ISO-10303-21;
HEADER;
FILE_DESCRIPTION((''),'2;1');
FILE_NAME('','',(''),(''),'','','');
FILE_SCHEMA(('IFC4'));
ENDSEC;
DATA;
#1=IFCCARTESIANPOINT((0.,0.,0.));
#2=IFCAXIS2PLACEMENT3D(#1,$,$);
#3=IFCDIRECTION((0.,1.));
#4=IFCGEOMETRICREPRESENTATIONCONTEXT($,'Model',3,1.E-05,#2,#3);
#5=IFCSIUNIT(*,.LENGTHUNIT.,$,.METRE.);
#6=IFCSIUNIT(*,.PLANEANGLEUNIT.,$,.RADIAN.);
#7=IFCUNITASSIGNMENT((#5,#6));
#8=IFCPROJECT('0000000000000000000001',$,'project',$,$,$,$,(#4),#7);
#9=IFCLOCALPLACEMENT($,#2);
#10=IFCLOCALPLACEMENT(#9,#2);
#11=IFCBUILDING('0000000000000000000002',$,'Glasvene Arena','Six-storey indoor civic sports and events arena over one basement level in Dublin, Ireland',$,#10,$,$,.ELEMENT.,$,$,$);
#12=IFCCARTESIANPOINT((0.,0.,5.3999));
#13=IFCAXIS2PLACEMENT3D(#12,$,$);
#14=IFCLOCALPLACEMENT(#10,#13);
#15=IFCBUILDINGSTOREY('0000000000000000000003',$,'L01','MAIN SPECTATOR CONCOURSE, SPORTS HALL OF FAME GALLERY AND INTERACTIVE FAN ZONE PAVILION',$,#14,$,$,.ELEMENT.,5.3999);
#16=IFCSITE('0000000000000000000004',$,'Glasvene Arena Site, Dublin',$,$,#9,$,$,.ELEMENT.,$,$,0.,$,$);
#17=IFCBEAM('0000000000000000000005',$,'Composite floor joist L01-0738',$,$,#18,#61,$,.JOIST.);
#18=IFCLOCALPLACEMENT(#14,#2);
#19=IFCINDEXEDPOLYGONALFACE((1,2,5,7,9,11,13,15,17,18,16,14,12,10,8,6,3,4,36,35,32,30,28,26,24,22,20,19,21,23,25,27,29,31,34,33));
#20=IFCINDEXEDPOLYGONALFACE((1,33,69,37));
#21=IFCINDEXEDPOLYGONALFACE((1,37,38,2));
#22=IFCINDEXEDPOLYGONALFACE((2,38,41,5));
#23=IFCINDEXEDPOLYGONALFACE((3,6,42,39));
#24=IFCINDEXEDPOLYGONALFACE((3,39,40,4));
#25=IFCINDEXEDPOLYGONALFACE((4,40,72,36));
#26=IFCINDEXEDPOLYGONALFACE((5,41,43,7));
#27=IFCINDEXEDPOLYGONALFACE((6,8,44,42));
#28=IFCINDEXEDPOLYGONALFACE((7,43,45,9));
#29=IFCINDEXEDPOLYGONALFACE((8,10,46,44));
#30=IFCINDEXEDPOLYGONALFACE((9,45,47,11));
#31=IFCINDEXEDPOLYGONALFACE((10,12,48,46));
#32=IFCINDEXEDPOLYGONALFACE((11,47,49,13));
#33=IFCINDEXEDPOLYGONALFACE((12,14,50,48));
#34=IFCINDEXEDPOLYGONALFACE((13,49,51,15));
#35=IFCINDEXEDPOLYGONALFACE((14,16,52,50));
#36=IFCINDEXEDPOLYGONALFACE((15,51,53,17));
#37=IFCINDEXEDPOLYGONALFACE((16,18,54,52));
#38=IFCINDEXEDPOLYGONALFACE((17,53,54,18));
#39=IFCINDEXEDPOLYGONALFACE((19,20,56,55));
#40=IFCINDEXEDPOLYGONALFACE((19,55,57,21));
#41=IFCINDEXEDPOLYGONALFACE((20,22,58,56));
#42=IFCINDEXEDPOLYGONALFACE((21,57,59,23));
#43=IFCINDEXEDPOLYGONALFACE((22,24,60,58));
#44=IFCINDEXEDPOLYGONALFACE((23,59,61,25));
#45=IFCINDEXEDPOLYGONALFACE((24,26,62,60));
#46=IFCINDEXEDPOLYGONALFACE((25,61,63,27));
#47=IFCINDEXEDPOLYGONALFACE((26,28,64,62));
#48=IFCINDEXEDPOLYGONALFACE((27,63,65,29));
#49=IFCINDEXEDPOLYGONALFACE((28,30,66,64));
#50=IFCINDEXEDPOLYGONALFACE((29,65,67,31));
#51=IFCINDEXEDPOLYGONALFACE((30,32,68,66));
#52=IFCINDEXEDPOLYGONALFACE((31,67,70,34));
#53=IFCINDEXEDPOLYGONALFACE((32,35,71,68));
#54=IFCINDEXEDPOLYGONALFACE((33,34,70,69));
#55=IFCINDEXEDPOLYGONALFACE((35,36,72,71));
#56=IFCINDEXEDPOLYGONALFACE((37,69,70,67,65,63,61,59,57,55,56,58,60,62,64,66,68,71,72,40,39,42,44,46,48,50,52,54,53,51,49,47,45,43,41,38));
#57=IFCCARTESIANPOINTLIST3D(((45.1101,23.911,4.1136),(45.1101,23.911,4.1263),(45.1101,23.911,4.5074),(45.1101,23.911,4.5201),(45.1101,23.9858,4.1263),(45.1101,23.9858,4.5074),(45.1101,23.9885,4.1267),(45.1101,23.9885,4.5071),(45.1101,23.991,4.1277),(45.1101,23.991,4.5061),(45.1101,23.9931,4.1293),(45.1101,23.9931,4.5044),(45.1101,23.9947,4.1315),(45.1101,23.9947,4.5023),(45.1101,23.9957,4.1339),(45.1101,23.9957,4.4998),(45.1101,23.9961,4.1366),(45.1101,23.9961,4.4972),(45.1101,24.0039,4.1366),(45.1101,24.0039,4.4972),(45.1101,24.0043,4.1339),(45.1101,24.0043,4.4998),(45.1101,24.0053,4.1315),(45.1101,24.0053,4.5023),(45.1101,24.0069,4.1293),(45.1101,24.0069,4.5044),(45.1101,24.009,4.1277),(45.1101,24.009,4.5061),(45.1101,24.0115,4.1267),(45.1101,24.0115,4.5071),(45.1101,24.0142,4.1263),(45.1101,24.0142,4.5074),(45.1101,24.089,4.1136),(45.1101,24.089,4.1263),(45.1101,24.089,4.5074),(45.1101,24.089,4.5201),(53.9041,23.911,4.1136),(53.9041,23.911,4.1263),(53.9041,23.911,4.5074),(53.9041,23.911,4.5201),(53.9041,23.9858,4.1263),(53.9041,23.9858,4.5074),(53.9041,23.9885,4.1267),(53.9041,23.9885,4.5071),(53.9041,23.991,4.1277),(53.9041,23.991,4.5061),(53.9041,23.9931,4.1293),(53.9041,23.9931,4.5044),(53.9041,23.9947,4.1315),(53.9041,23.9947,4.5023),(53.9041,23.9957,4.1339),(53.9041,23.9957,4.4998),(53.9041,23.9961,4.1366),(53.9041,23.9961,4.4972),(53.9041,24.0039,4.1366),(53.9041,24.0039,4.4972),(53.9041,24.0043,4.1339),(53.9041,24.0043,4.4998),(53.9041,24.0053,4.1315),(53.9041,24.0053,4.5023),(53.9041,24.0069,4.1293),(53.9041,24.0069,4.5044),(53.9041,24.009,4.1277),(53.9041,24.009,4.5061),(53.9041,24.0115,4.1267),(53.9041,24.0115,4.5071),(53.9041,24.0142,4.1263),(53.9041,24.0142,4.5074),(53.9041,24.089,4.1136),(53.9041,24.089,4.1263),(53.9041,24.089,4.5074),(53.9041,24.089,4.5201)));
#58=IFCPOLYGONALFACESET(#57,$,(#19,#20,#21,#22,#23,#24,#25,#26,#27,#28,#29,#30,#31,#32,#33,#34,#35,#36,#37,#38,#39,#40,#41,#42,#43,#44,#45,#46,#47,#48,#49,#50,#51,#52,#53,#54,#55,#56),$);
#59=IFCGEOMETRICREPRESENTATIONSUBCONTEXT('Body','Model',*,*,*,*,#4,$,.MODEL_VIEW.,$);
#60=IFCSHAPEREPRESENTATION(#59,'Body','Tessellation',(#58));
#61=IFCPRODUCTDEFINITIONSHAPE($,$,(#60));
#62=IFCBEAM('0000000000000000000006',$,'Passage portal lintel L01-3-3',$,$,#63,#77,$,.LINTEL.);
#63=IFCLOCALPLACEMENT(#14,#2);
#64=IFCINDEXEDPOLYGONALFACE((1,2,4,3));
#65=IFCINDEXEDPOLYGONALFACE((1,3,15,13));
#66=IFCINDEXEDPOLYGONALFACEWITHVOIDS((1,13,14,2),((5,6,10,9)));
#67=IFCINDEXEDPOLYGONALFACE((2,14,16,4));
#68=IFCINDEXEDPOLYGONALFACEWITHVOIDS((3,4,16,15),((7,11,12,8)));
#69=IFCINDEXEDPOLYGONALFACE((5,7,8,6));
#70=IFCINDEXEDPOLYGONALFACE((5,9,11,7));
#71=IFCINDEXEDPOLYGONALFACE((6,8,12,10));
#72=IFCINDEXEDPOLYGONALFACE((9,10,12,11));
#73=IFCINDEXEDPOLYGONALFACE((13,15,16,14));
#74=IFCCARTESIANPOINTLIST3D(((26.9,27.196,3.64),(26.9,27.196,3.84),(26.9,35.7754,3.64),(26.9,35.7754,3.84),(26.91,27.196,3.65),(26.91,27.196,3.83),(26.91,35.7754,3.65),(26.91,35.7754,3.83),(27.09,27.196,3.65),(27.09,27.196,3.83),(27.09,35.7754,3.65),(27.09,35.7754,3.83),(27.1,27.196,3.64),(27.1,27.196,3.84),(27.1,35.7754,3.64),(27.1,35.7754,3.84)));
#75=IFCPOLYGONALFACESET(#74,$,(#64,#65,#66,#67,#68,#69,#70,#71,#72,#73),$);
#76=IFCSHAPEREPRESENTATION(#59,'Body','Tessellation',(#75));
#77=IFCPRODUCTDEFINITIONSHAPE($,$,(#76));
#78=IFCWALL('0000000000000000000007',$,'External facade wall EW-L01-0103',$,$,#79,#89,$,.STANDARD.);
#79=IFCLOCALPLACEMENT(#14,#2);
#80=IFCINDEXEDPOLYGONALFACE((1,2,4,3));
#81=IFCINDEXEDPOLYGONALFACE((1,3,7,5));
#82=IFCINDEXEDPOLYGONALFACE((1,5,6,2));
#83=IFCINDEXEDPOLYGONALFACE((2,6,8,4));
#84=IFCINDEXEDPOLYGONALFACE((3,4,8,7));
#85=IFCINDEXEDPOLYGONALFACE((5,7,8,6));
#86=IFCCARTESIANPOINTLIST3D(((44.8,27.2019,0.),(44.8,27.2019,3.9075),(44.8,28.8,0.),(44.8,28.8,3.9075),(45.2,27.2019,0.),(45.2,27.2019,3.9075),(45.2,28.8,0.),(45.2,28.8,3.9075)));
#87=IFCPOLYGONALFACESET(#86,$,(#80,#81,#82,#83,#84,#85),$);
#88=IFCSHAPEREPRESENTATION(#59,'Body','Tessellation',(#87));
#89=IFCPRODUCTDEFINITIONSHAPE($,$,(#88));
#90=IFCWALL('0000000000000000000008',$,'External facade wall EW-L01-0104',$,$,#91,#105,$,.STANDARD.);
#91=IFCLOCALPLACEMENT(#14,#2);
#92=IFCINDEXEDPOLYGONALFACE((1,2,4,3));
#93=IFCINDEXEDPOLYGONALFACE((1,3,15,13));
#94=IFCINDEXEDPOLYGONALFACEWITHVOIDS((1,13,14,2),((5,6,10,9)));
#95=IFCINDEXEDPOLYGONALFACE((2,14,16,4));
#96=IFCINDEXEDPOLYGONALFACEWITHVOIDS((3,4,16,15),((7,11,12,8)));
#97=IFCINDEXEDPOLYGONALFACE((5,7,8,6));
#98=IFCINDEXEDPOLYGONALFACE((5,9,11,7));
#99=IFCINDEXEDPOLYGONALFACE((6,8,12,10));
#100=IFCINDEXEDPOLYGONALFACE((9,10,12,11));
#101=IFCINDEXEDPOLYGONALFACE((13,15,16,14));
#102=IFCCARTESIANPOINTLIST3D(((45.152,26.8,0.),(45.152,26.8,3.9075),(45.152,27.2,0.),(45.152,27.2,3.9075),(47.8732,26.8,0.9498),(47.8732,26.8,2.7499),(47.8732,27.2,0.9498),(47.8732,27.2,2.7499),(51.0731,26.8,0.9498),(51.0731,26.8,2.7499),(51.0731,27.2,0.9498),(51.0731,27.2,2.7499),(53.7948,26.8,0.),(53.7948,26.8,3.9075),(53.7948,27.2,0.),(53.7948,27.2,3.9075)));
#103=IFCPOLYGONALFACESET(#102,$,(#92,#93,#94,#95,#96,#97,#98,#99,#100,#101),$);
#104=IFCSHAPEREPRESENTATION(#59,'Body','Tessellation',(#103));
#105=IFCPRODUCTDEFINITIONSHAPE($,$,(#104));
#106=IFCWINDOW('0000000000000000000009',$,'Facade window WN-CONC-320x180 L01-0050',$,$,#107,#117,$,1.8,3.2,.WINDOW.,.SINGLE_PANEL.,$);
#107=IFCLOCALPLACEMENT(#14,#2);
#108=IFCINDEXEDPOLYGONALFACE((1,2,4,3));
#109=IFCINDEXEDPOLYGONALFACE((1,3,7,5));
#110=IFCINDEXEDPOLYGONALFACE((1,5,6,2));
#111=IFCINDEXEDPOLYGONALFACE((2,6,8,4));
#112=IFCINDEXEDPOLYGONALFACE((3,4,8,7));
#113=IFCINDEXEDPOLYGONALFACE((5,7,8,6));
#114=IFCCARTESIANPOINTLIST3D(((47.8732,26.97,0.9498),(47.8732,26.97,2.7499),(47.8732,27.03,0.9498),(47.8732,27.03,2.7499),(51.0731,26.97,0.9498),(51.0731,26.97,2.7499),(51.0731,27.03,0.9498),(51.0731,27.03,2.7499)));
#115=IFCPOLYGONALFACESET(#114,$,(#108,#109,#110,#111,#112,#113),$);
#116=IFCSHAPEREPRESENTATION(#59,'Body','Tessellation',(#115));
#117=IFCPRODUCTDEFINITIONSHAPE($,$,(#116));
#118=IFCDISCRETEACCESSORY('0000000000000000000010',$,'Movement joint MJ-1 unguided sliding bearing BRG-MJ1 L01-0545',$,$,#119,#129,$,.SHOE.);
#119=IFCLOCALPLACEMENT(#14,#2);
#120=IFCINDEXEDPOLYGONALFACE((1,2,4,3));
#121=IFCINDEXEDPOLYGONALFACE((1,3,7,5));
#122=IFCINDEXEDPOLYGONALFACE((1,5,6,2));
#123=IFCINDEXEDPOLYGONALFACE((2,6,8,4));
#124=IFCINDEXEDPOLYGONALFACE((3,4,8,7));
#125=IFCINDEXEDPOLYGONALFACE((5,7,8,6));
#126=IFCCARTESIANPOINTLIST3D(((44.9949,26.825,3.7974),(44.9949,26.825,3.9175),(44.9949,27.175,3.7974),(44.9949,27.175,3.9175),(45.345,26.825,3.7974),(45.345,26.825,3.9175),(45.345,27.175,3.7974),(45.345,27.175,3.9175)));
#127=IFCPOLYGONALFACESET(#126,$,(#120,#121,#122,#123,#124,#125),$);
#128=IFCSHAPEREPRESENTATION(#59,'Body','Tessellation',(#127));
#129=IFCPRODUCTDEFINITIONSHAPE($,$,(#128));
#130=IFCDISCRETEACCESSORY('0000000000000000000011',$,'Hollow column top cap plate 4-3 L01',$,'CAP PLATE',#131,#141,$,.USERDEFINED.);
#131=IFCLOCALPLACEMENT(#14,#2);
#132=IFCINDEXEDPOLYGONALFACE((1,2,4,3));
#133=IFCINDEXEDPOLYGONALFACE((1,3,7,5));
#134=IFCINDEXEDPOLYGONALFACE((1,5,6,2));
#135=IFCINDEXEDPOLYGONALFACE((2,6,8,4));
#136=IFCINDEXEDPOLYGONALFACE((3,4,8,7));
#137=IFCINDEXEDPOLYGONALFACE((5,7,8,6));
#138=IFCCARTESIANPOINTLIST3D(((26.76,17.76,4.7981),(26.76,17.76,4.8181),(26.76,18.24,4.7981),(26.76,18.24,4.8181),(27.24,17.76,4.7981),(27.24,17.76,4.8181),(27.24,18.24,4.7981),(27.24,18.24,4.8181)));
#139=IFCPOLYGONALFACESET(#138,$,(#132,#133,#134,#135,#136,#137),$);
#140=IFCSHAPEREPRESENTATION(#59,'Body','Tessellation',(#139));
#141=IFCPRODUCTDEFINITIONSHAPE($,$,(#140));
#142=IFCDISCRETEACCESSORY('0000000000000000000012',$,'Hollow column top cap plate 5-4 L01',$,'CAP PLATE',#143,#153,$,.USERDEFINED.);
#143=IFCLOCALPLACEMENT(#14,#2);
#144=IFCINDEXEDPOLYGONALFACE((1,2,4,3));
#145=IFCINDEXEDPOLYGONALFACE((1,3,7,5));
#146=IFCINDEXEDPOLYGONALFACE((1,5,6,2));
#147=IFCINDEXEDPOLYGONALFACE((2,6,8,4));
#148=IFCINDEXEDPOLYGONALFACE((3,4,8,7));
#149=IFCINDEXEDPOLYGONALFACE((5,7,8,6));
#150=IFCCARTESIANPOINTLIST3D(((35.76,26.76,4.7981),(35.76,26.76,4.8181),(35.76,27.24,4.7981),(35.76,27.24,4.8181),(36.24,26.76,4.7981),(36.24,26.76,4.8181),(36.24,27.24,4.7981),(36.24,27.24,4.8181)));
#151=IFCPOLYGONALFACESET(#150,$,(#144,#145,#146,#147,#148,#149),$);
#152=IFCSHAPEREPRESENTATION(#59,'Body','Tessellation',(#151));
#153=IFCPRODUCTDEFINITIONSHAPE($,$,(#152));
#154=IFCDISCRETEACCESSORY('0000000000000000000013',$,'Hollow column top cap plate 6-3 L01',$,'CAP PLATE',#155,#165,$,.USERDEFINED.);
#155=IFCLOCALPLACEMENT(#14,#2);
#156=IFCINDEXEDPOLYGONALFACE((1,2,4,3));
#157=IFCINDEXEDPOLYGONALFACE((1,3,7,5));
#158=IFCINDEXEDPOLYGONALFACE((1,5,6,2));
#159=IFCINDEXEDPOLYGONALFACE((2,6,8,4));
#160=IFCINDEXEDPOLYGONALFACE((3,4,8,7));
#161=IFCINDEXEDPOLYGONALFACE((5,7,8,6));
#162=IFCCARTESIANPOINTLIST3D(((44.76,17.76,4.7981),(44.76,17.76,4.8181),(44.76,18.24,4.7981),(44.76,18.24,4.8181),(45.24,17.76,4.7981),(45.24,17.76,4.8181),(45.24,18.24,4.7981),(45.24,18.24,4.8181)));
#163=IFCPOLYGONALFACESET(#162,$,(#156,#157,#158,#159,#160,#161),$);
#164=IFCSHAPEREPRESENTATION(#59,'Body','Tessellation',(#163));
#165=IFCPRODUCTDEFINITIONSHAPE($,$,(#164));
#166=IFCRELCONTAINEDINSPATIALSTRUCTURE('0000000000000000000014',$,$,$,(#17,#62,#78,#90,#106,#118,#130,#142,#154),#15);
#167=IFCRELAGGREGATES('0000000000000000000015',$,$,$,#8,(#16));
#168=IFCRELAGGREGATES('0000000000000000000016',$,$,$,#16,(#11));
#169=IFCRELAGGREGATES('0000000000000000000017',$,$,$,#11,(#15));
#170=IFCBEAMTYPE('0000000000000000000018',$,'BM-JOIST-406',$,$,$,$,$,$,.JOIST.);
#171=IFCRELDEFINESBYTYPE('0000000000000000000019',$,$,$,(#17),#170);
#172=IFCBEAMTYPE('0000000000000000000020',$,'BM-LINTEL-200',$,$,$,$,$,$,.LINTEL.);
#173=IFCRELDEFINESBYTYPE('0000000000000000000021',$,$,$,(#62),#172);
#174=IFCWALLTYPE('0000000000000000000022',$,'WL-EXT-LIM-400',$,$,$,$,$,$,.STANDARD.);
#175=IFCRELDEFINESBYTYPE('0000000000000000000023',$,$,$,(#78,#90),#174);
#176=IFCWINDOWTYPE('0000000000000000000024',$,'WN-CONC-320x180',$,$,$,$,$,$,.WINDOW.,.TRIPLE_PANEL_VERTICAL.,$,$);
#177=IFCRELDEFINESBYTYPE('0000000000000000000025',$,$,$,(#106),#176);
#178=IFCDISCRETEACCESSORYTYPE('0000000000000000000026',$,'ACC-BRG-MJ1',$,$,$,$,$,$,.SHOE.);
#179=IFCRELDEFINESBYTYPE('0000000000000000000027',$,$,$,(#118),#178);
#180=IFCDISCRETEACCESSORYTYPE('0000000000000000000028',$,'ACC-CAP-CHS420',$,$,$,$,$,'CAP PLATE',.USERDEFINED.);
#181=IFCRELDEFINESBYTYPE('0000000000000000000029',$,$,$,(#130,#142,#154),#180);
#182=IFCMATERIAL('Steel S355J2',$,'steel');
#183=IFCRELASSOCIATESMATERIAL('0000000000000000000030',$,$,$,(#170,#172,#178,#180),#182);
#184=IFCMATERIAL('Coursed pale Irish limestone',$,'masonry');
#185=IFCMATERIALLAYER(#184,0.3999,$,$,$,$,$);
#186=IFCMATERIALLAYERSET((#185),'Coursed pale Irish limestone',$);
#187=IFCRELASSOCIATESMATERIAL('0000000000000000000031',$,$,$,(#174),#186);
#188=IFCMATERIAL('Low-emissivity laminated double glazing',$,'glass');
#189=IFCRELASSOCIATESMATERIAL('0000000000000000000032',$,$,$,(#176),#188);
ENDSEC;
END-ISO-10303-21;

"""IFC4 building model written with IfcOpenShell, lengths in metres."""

from ifc_helpers import new_model, si_unit, direction, frame, frame_2d, origin, origin_2d, place, context, subcontext, project, spatial, rectangle, hollow_rectangle, i_section, extrude, material, layer, layer_set, material_profile, profile_set, type_object, element, fill, save


model = new_model("IFC4")

# Units and contexts
model_context = context("Model", 3, precision=1e-05, world=origin(), true_north=direction((0.0, 1.0)))
body_context = subcontext(model_context, "Body", "Model", "MODEL_VIEW")
ifc_project = project(units=[si_unit("LENGTHUNIT", "METRE"), si_unit("PLANEANGLEUNIT", "RADIAN")], contexts=[model_context])

# Site, building, storey
site_placement = place(None, origin())
site = spatial("IfcSite", under=ifc_project, at=site_placement, Name="Glasvene Arena Site, Dublin", CompositionType="ELEMENT", RefElevation=0.0)
building_placement = place(site_placement, origin())
building = spatial("IfcBuilding", under=site, at=building_placement, Name="Glasvene Arena", Description="Six-storey indoor civic sports and events arena over one basement level in Dublin, Ireland", CompositionType="ELEMENT")
storey_placement = place(building_placement, frame((0.0, 0.0, 5.3999)))
storey = spatial("IfcBuildingStorey", under=building, at=storey_placement, Name="L01", Description="MAIN SPECTATOR CONCOURSE, SPORTS HALL OF FAME GALLERY AND INTERACTIVE FAN ZONE PAVILION", CompositionType="ELEMENT", Elevation=5.3999)

# Shared definitions
ifc_material_1 = material(Name="Steel S355J2", Category="steel")

# Beams
ifc_material_profile_1 = material_profile(ifc_material_1, i_section(OverallWidth=0.178, OverallDepth=0.4065, WebThickness=0.0078, FlangeThickness=0.0127, FilletRadius=0.0103, at=origin_2d()), Name="UKB 406x178x60")
ifc_profile_set_1 = profile_set([ifc_material_profile_1], Name="Steel S355J2")
beam_type_1 = type_object("IfcBeamType", Name="BM-JOIST-406", PredefinedType="JOIST", material=ifc_profile_set_1)
for number, where, z_axis, x_axis, name in (
    (1, (45.1101, 24.0, 4.3169), (1.0, 0.0, 0.0), (0.0, 1.0, 0.0), "Composite floor joist L01-0738"),
):
    element("IfcBeam", number, at=place(storey_placement, frame(where, z_axis=z_axis, x_axis=x_axis)), inside=storey, type_object=beam_type_1, Name=name, PredefinedType="JOIST", context=body_context, shape_type="SweptSolid", body=[
        extrude(i_section(OverallWidth=0.178, OverallDepth=0.4065, WebThickness=0.0078, FlangeThickness=0.0127, FilletRadius=0.0103, at=origin_2d()), origin(), (0.0, 0.0, 1.0), 8.7939),
    ])
ifc_material_profile_2 = material_profile(ifc_material_1, hollow_rectangle(XDim=0.2, YDim=0.2, WallThickness=0.01, at=origin_2d()), Name="SHS 200x200x10.0")
ifc_profile_set_2 = profile_set([ifc_material_profile_2], Name="Steel S355J2")
beam_type_2 = type_object("IfcBeamType", Name="BM-LINTEL-200", PredefinedType="LINTEL", material=ifc_profile_set_2)
beam_1_placement = place(storey_placement, frame((27.0, 27.196, 3.74), z_axis=(0.0, 1.0, 0.0), x_axis=(-1.0, 0.0, 0.0)))
element("IfcBeam", 2, at=beam_1_placement, inside=storey, type_object=beam_type_2, Name="Passage portal lintel L01-3-3", PredefinedType="LINTEL", context=body_context, shape_type="SweptSolid", body=[
    extrude(hollow_rectangle(XDim=0.2, YDim=0.2, WallThickness=0.01, at=origin_2d()), origin(), (0.0, 0.0, 1.0), 8.5793),
])

# Wall
ifc_material_2 = material(Name="Coursed pale Irish limestone", Category="masonry")
ifc_layer_1 = layer(ifc_material_2, 0.3999)
ifc_layer_set_1 = layer_set([ifc_layer_1], Name="Coursed pale Irish limestone")
wall_type = type_object("IfcWallType", Name="WL-EXT-LIM-400", PredefinedType="STANDARD", material=ifc_layer_set_1)
wall_1_placement = place(storey_placement, frame((45.0, 28.8, 0.0), z_axis=(0.0, 0.0, 1.0), x_axis=(0.0, -1.0, 0.0)))
element("IfcWall", 3, at=wall_1_placement, inside=storey, type_object=wall_type, Name="External facade wall EW-L01-0103", PredefinedType="STANDARD", context=body_context, shape_type="SweptSolid", body=[
    extrude(rectangle(XDim=1.5981, YDim=0.3999, at=frame_2d((0.7991, 0.0))), origin(), (0.0, 0.0, 1.0), 3.9075),
])

# Wall, opening, window
wall_2_placement = place(storey_placement, frame((45.1521, 27.0, 0.0), z_axis=(0.0, 0.0, 1.0), x_axis=(1.0, 0.0, 0.0)))
wall_2 = element("IfcWall", 4, at=wall_2_placement, inside=storey, type_object=wall_type, Name="External facade wall EW-L01-0104", PredefinedType="STANDARD", context=body_context, shape_type="SweptSolid", body=[
    extrude(rectangle(XDim=8.6428, YDim=0.3999, at=frame_2d((4.3213, 0.0))), origin(), (0.0, 0.0, 1.0), 3.9075),
])
opening_placement = place(wall_2_placement, frame((2.7209, 0.0, 0.95)))
opening = element("IfcOpeningElement", 5, at=opening_placement, cuts=wall_2, PredefinedType="OPENING", context=body_context, shape_type="SweptSolid", body=[
    extrude(rectangle(XDim=3.2, YDim=1.8, at=frame_2d((1.6001, 0.8999))), frame((0.0, 0.21, 0.0), z_axis=(0.0, -1.0, 0.0), x_axis=(1.0, 0.0, 0.0)), (0.0, 0.0, 1.0), 0.4199),
])
ifc_material_3 = material(Name="Low-emissivity laminated double glazing", Category="glass")
window_type = type_object("IfcWindowType", Name="WN-CONC-320x180", PartitioningType="TRIPLE_PANEL_VERTICAL", PredefinedType="WINDOW", material=ifc_material_3)
window_placement = place(opening_placement, origin())
window = element("IfcWindow", 6, at=window_placement, inside=storey, type_object=window_type, Name="Facade window WN-CONC-320x180 L01-0050", OverallHeight=1.8, OverallWidth=3.2, PartitioningType="SINGLE_PANEL", PredefinedType="WINDOW", context=body_context, shape_type="SweptSolid", body=[
    extrude(rectangle(XDim=3.2, YDim=1.8, at=frame_2d((1.6001, 0.8999))), frame((0.0, 0.03, 0.0), z_axis=(0.0, -1.0, 0.0), x_axis=(1.0, 0.0, 0.0)), (0.0, 0.0, 1.0), 0.0601),
])
fill(opening, window)

# Discrete accessories
discrete_accessory_type_1 = type_object("IfcDiscreteAccessoryType", Name="ACC-BRG-MJ1", PredefinedType="SHOE", material=ifc_material_1)
discrete_accessory_placement = place(storey_placement, frame((45.1699, 27.0, 3.7974), z_axis=(0.0, 0.0, 1.0), x_axis=(1.0, 0.0, 0.0)))
element("IfcDiscreteAccessory", 7, at=discrete_accessory_placement, inside=storey, type_object=discrete_accessory_type_1, Name="Movement joint MJ-1 unguided sliding bearing BRG-MJ1 L01-0545", PredefinedType="SHOE", context=body_context, shape_type="SweptSolid", body=[
    extrude(rectangle(XDim=0.3501, YDim=0.3501, at=origin_2d()), origin(), (0.0, 0.0, 1.0), 0.1201),
])
discrete_accessory_type_2 = type_object("IfcDiscreteAccessoryType", Name="ACC-CAP-CHS420", ElementType="CAP PLATE", PredefinedType="USERDEFINED", material=ifc_material_1)
for number, where, z_axis, x_axis, name in (
    (8, (27.0, 18.0, 4.7981), (0.0, 0.0, 1.0), (1.0, 0.0, 0.0), "Hollow column top cap plate 4-3 L01"),
    (9, (36.0, 27.0, 4.7981), (0.0, 0.0, 1.0), (1.0, 0.0, 0.0), "Hollow column top cap plate 5-4 L01"),
    (10, (45.0, 18.0, 4.7981), (0.0, 0.0, 1.0), (1.0, 0.0, 0.0), "Hollow column top cap plate 6-3 L01"),
):
    element("IfcDiscreteAccessory", number, at=place(storey_placement, frame(where, z_axis=z_axis, x_axis=x_axis)), inside=storey, type_object=discrete_accessory_type_2, Name=name, ObjectType="CAP PLATE", PredefinedType="USERDEFINED", context=body_context, shape_type="SweptSolid", body=[
        extrude(rectangle(XDim=0.48, YDim=0.48, at=origin_2d()), origin(), (0.0, 0.0, 1.0), 0.02),
    ])

save(model, "model.ifc")
